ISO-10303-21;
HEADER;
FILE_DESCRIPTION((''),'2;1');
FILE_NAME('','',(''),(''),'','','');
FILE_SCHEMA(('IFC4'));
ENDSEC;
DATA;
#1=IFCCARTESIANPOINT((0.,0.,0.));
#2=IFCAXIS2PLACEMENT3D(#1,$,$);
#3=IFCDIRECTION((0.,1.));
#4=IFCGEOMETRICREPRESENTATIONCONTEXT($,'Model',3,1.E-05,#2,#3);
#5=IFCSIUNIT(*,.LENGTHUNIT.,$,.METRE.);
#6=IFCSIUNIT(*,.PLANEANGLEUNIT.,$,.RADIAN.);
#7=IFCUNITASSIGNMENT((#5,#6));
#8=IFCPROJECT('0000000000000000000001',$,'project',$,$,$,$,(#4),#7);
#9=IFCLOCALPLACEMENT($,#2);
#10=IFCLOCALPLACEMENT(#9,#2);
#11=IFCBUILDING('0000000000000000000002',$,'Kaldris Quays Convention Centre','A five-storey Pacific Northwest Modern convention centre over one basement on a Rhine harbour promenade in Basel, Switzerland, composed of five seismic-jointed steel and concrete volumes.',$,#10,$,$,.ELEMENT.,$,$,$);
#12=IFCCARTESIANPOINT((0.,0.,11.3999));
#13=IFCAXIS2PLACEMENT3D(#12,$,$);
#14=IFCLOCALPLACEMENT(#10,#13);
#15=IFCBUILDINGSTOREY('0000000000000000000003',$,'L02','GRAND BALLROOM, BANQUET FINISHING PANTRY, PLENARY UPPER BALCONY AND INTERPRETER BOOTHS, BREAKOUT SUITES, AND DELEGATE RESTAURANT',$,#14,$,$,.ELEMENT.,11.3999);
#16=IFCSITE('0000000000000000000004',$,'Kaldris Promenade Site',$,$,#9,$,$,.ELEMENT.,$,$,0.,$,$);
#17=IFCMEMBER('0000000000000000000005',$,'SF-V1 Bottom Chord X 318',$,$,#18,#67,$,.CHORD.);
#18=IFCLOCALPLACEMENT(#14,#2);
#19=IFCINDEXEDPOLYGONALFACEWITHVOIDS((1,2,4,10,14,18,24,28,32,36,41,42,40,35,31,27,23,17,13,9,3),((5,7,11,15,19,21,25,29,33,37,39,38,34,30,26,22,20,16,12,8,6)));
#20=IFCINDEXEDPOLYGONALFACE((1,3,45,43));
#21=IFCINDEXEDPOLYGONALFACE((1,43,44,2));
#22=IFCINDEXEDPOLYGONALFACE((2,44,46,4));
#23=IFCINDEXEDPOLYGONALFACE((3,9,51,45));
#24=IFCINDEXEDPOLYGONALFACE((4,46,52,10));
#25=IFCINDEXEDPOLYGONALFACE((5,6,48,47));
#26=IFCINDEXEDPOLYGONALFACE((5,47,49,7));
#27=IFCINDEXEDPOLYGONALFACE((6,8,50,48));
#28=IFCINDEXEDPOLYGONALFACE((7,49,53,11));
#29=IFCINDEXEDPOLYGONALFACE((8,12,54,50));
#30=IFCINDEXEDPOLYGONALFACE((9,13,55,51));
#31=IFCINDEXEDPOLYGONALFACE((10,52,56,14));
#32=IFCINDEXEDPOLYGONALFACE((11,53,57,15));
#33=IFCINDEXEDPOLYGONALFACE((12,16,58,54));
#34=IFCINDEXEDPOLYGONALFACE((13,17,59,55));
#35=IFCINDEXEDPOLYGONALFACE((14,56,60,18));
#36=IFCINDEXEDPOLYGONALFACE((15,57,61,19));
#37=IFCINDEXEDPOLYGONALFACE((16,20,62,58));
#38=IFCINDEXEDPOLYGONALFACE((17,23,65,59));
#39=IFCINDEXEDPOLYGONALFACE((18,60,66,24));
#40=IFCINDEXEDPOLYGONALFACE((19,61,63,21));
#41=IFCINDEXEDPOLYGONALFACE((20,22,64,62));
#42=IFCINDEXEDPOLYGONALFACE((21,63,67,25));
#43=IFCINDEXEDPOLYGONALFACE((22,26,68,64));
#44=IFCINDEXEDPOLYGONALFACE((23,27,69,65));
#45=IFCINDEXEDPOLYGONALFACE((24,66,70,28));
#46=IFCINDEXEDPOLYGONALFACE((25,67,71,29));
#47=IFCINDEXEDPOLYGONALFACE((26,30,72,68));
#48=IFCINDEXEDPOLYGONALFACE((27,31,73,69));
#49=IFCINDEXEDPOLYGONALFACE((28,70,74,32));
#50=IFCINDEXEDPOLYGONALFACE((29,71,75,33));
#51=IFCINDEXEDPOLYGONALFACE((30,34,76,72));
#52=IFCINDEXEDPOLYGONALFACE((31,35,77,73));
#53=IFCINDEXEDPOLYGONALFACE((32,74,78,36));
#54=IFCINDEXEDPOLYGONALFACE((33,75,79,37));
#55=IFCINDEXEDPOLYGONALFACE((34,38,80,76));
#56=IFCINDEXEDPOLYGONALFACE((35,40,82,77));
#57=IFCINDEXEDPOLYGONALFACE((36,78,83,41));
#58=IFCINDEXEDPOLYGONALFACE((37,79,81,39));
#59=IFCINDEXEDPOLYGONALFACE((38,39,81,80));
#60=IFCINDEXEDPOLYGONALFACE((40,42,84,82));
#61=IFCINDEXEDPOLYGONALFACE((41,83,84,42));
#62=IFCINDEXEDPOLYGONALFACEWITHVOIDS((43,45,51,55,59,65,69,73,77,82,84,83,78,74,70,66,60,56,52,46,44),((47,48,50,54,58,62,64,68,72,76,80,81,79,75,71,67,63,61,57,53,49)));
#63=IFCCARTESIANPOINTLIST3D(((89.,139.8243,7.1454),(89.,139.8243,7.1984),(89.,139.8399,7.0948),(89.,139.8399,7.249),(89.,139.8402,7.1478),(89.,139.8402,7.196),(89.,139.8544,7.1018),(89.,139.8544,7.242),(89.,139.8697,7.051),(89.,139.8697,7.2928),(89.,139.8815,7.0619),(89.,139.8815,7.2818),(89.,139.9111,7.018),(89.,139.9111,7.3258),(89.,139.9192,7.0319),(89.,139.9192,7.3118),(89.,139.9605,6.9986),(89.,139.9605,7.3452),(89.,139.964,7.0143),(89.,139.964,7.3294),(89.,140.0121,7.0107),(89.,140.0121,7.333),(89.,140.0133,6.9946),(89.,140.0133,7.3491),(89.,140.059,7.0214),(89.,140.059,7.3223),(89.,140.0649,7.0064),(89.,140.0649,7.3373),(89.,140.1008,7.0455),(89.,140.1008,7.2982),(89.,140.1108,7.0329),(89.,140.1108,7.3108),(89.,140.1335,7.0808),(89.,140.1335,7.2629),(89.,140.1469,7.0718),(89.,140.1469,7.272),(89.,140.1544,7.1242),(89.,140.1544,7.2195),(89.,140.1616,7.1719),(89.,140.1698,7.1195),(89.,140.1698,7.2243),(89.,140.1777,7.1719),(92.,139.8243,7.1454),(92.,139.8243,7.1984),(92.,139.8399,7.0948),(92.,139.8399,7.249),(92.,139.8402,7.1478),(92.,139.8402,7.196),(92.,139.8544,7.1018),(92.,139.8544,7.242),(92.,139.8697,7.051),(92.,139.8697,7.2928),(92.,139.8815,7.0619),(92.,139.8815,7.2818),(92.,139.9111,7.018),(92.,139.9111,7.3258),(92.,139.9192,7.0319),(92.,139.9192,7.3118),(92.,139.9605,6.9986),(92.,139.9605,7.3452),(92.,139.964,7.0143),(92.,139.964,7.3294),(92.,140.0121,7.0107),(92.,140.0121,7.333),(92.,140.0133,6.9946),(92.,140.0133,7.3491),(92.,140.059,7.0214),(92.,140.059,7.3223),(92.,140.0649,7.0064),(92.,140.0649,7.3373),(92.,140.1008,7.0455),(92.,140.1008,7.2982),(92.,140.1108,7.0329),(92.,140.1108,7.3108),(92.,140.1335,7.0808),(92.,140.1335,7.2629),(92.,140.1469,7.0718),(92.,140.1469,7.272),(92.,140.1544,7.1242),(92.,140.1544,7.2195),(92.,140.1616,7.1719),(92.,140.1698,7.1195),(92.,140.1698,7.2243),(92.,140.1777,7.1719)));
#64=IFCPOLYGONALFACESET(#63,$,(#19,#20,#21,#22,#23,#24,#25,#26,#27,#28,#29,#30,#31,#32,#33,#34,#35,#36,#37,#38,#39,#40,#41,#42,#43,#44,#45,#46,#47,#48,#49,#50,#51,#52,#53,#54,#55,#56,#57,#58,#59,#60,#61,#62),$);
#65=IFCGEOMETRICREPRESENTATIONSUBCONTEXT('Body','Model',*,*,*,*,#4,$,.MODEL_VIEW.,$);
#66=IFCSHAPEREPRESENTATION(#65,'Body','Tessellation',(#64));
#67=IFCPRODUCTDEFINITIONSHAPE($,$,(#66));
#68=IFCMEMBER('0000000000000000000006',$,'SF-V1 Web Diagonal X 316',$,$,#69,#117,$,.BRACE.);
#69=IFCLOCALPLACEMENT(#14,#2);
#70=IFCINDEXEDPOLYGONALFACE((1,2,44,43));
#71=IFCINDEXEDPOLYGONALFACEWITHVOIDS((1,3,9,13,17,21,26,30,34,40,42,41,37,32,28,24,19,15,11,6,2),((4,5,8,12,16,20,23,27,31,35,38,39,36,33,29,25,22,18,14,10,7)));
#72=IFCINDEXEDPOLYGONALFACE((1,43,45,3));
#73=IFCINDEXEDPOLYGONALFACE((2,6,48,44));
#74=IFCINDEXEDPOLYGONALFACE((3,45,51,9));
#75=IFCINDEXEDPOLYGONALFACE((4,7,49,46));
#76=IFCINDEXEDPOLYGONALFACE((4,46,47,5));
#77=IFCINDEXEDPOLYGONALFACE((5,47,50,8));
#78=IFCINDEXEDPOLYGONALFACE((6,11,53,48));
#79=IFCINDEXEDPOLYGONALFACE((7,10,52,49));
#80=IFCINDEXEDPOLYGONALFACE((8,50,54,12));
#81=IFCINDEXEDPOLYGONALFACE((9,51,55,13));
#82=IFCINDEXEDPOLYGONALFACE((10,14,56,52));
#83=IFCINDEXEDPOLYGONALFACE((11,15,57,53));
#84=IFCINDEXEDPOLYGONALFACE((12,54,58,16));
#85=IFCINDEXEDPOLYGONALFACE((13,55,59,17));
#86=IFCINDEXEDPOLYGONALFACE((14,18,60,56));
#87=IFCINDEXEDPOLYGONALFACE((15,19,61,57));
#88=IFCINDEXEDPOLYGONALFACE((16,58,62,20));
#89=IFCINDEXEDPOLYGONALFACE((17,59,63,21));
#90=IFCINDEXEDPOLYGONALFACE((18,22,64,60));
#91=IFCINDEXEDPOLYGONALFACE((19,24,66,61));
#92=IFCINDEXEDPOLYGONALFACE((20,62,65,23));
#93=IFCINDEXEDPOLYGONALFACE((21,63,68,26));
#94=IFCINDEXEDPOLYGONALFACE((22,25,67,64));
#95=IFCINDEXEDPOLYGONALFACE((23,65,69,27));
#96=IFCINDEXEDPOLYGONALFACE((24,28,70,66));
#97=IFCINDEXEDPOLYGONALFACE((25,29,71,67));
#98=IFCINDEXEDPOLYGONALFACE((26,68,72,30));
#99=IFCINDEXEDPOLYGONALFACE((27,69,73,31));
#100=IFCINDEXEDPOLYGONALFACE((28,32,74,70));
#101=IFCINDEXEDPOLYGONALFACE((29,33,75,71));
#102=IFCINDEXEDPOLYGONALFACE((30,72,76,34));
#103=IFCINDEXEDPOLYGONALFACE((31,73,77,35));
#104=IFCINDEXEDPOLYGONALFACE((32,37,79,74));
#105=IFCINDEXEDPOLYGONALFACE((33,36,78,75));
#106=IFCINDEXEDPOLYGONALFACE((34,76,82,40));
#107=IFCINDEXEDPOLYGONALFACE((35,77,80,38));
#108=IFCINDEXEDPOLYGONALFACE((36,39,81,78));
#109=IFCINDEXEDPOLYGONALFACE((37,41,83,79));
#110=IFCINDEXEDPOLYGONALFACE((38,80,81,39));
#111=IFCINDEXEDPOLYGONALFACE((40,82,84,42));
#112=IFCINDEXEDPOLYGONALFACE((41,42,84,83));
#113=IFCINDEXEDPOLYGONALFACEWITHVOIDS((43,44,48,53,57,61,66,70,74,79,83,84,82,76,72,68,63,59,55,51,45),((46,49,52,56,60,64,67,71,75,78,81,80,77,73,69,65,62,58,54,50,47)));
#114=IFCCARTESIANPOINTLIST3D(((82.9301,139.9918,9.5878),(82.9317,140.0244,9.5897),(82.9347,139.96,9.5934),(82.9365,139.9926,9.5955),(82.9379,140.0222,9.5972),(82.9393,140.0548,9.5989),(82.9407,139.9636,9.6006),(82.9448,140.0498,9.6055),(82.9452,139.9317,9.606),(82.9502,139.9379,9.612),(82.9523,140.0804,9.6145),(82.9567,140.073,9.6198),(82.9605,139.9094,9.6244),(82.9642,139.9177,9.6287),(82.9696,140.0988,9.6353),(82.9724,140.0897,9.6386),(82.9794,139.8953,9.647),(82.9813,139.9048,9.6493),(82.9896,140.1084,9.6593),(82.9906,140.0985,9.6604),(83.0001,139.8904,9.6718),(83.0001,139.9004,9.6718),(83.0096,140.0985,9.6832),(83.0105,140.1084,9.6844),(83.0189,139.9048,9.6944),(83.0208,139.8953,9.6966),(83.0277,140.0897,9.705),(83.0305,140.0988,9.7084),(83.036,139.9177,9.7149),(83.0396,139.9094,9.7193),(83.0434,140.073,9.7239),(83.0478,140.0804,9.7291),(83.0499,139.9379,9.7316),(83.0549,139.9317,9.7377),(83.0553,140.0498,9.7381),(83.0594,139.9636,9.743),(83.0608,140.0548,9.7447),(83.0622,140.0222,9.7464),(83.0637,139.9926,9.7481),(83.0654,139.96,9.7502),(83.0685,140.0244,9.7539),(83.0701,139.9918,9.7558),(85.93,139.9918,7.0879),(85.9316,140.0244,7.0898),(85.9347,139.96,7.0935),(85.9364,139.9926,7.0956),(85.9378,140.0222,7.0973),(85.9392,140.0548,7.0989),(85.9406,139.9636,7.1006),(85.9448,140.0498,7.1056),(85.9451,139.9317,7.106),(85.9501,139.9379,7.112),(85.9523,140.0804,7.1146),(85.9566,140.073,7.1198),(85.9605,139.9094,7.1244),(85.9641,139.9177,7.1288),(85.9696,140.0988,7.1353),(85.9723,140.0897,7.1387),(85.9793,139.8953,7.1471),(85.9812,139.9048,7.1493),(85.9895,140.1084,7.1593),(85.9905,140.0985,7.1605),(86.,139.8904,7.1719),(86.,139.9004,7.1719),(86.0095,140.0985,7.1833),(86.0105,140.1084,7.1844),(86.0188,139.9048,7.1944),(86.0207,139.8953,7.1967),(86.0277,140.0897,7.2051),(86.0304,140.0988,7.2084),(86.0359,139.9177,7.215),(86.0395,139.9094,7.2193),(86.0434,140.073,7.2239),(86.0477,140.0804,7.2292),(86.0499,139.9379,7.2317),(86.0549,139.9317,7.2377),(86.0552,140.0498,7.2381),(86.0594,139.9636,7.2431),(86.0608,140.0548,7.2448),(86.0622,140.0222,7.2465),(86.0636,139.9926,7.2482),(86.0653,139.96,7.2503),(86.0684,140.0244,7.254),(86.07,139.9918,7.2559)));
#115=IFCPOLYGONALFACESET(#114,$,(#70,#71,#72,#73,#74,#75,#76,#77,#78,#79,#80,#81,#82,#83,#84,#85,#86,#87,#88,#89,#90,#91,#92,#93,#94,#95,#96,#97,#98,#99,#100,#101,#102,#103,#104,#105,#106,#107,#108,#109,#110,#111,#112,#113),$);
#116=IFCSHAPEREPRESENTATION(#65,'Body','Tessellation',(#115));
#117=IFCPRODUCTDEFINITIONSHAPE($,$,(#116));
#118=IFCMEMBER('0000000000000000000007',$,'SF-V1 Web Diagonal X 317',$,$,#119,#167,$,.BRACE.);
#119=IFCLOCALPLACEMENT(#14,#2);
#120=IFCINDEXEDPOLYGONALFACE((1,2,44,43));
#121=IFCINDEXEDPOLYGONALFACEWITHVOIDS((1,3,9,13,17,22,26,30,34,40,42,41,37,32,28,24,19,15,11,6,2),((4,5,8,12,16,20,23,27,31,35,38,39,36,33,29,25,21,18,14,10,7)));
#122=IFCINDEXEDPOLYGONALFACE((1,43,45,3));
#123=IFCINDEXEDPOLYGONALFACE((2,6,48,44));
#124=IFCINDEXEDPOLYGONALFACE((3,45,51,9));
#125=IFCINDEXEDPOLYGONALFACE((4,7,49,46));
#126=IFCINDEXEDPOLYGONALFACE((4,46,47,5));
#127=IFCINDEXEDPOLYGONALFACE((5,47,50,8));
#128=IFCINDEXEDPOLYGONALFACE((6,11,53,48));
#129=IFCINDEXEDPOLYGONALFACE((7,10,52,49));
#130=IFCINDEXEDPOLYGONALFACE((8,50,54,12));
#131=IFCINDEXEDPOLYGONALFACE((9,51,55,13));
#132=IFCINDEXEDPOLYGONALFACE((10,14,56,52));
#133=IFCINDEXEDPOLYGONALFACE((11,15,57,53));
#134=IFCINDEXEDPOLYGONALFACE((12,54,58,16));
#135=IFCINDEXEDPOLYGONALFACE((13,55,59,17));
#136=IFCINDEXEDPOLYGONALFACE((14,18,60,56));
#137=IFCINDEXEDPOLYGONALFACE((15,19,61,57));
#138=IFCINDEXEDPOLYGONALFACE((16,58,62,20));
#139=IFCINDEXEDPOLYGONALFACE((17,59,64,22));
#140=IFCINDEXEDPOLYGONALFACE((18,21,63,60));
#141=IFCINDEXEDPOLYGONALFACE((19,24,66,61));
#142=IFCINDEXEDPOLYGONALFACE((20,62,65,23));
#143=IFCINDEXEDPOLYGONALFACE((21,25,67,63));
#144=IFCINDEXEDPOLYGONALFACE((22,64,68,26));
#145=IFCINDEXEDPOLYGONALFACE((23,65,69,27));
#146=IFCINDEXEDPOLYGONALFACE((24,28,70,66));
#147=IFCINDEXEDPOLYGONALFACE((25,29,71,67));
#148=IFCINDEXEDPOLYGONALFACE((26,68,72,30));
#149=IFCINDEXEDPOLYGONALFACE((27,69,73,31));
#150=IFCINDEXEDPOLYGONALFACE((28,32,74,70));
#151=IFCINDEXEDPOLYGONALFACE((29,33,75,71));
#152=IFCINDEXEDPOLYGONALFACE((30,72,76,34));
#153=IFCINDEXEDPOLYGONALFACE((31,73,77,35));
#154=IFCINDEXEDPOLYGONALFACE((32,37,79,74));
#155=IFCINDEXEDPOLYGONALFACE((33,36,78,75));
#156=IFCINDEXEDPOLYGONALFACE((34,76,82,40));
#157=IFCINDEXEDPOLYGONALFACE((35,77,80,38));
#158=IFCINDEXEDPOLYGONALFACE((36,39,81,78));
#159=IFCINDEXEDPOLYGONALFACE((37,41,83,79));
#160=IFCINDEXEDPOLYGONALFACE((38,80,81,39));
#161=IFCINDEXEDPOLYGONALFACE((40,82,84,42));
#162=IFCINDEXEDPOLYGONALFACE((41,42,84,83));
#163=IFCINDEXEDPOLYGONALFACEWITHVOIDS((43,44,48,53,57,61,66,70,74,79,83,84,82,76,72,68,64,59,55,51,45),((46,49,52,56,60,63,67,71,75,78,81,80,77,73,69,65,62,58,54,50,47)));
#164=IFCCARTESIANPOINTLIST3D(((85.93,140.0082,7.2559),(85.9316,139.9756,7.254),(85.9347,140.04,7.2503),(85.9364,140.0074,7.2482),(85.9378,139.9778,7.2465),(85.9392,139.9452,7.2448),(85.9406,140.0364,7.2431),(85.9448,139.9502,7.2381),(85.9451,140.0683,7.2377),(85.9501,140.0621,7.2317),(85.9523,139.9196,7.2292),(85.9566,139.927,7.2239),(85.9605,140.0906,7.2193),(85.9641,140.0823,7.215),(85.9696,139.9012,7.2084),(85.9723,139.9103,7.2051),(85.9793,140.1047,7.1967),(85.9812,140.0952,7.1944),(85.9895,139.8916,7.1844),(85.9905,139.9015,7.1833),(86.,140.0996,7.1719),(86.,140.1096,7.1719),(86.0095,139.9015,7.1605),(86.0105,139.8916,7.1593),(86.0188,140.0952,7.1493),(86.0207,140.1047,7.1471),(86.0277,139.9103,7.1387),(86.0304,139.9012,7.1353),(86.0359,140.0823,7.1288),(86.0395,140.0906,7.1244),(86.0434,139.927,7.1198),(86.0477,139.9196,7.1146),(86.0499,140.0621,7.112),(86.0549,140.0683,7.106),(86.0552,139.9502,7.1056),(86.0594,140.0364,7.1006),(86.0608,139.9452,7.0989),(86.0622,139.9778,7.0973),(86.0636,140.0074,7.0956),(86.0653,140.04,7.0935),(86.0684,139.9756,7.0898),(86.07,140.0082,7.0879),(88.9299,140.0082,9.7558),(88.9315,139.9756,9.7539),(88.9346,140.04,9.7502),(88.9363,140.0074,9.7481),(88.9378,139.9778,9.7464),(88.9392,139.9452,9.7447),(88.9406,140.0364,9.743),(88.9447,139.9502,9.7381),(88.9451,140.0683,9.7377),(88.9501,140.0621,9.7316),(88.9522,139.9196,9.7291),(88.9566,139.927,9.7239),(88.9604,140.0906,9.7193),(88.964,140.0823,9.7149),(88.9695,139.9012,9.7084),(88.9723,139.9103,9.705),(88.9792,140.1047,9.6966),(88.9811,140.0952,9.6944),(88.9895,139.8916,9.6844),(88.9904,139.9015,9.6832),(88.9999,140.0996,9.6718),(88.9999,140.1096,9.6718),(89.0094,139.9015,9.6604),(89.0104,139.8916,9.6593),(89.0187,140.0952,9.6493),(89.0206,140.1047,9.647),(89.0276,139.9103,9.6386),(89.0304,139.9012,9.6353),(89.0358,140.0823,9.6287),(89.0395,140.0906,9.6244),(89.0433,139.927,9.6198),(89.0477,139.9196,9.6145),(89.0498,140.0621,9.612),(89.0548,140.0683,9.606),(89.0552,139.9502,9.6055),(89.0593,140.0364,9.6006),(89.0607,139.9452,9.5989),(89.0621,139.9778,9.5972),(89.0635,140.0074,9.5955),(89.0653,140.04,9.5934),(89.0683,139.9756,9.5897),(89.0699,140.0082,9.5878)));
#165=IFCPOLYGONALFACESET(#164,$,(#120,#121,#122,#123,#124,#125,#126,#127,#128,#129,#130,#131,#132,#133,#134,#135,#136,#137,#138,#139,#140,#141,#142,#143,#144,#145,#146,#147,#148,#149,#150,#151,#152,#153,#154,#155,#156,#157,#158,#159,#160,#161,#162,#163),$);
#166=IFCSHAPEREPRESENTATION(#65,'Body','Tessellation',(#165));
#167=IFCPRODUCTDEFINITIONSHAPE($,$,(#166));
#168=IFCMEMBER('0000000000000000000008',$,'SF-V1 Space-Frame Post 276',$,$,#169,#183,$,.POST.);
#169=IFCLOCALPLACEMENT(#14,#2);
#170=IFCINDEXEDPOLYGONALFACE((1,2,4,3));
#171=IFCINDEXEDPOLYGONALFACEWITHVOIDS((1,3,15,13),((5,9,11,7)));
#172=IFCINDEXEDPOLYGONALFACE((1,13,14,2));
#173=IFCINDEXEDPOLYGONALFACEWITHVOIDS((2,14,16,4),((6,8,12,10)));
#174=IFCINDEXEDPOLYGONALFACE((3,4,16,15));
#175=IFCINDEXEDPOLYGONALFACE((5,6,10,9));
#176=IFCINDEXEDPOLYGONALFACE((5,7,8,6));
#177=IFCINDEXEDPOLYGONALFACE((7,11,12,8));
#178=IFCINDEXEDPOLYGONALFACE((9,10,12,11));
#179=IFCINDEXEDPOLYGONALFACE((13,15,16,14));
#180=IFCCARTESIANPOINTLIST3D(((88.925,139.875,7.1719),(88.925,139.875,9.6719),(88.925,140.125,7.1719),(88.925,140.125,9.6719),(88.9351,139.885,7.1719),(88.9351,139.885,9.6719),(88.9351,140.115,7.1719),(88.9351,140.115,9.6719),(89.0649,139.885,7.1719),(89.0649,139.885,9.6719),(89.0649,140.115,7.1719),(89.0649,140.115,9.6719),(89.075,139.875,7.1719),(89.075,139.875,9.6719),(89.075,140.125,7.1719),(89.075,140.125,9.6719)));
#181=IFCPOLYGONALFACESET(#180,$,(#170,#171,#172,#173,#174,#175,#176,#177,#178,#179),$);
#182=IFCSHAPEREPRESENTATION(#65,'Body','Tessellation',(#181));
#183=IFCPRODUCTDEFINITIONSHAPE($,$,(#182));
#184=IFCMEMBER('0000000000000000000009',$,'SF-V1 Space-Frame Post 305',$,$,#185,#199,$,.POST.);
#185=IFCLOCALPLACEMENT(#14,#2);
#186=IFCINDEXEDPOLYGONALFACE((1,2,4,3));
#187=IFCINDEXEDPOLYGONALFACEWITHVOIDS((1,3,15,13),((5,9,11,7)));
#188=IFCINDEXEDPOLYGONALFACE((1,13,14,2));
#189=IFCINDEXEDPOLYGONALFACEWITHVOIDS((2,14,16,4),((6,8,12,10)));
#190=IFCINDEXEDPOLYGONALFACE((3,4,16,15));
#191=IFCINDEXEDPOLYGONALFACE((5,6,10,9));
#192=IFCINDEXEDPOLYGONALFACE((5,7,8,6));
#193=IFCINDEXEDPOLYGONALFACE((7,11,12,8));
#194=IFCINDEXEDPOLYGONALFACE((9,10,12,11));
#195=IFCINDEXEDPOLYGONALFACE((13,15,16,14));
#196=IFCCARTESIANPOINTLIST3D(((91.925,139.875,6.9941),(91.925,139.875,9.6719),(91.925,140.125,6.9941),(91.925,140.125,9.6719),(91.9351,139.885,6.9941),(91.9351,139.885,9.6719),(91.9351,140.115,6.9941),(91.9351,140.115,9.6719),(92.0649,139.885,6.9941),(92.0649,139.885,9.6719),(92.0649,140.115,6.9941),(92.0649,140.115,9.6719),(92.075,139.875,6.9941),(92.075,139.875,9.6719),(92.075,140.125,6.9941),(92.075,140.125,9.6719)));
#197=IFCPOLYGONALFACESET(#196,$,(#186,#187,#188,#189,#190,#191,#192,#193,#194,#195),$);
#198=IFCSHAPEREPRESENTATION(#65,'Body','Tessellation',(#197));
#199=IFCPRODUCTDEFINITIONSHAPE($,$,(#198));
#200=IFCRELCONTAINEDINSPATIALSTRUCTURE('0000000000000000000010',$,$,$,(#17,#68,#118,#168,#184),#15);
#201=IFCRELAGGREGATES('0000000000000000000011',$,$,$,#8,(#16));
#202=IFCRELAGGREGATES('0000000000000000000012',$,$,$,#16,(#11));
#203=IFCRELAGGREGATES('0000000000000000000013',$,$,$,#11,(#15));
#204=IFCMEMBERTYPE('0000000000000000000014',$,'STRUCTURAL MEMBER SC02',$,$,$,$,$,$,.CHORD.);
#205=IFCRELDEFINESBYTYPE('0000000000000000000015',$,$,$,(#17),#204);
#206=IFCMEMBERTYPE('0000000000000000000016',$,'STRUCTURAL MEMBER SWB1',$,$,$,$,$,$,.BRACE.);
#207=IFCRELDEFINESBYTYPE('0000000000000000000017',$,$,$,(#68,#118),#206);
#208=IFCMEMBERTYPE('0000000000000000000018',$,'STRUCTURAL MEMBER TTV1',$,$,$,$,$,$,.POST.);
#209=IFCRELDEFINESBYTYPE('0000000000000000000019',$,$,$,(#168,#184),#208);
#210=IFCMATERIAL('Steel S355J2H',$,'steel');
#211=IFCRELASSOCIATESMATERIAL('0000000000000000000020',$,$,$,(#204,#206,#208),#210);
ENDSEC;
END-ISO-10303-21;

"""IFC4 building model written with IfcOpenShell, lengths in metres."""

from ifc_helpers import new_model, si_unit, direction, frame, origin, origin_2d, place, context, subcontext, project, spatial, hollow_rectangle, hollow_circle, extrude, material, material_profile, profile_set, type_object, element, save


model = new_model("IFC4")

# Units and contexts
model_context = context("Model", 3, precision=1e-05, world=origin(), true_north=direction((0.0, 1.0)))
body_context = subcontext(model_context, "Body", "Model", "MODEL_VIEW")
ifc_project = project(units=[si_unit("LENGTHUNIT", "METRE"), si_unit("PLANEANGLEUNIT", "RADIAN")], contexts=[model_context])

# Site, building, storey
site_placement = place(None, origin())
site = spatial("IfcSite", under=ifc_project, at=site_placement, Name="Kaldris Promenade Site", CompositionType="ELEMENT", RefElevation=0.0)
building_placement = place(site_placement, origin())
building = spatial("IfcBuilding", under=site, at=building_placement, Name="Kaldris Quays Convention Centre", Description="A five-storey Pacific Northwest Modern convention centre over one basement on a Rhine harbour promenade in Basel, Switzerland, composed of five seismic-jointed steel and concrete volumes.", CompositionType="ELEMENT")
storey_placement = place(building_placement, frame((0.0, 0.0, 11.3999)))
storey = spatial("IfcBuildingStorey", under=building, at=storey_placement, Name="L02", Description="GRAND BALLROOM, BANQUET FINISHING PANTRY, PLENARY UPPER BALCONY AND INTERPRETER BOOTHS, BREAKOUT SUITES, AND DELEGATE RESTAURANT", CompositionType="ELEMENT", Elevation=11.3999)

# Members
ifc_material_1 = material(Name="Steel S355J2H", Category="steel")
ifc_material_profile_1 = material_profile(ifc_material_1, hollow_circle(Radius=0.1777, WallThickness=0.0161, at=origin_2d()), Name="CHS 355.6x16")
ifc_profile_set_1 = profile_set([ifc_material_profile_1], Name="Steel S355J2H")
member_type_1 = type_object("IfcMemberType", Name="STRUCTURAL MEMBER SC02", PredefinedType="CHORD", material=ifc_profile_set_1)
for number, where, z_axis, x_axis, name in (
    (1, (89.0, 140.0, 7.1719), (1.0, 0.0, 0.0), (0.0, 1.0, 0.0), "SF-V1 Bottom Chord X 318"),
):
    element("IfcMember", number, at=place(storey_placement, frame(where, z_axis=z_axis, x_axis=x_axis)), inside=storey, type_object=member_type_1, Name=name, PredefinedType="CHORD", context=body_context, shape_type="SweptSolid", body=[
        extrude(hollow_circle(Radius=0.1777, WallThickness=0.0161, at=origin_2d()), origin(), (0.0, 0.0, 1.0), 3.0),
    ])
ifc_material_profile_2 = material_profile(ifc_material_1, hollow_circle(Radius=0.1096, WallThickness=0.01, at=origin_2d()), Name="CHS 219.1x10")
ifc_profile_set_2 = profile_set([ifc_material_profile_2], Name="Steel S355J2H")
member_type_2 = type_object("IfcMemberType", Name="STRUCTURAL MEMBER SWB1", PredefinedType="BRACE", material=ifc_profile_set_2)
for number, where, z_axis, x_axis, name in (
    (2, (86.0, 140.0, 7.1719), (-0.768221, 0.0, 0.640184), (0.0, -1.0, 0.0), "SF-V1 Web Diagonal X 316"),
    (3, (86.0, 140.0, 7.1719), (0.768221, 0.0, 0.640184), (0.0, 1.0, 0.0), "SF-V1 Web Diagonal X 317"),
):
    element("IfcMember", number, at=place(storey_placement, frame(where, z_axis=z_axis, x_axis=x_axis)), inside=storey, type_object=member_type_2, Name=name, PredefinedType="BRACE", context=body_context, shape_type="SweptSolid", body=[
        extrude(hollow_circle(Radius=0.1096, WallThickness=0.01, at=origin_2d()), origin(), (0.0, 0.0, 1.0), 3.905),
    ])
ifc_material_profile_3 = material_profile(ifc_material_1, hollow_rectangle(XDim=0.1499, YDim=0.25, WallThickness=0.01, at=origin_2d()), Name="RHS 250x150x10")
ifc_profile_set_3 = profile_set([ifc_material_profile_3], Name="Steel S355J2H")
member_type_3 = type_object("IfcMemberType", Name="STRUCTURAL MEMBER TTV1", PredefinedType="POST", material=ifc_profile_set_3)
member_1_placement = place(storey_placement, frame((89.0, 140.0, 7.1719), z_axis=(0.0, 0.0, 1.0), x_axis=(1.0, 0.0, 0.0)))
element("IfcMember", 4, at=member_1_placement, inside=storey, type_object=member_type_3, Name="SF-V1 Space-Frame Post 276", PredefinedType="POST", context=body_context, shape_type="SweptSolid", body=[
    extrude(hollow_rectangle(XDim=0.1499, YDim=0.25, WallThickness=0.01, at=origin_2d()), origin(), (0.0, 0.0, 1.0), 2.5),
])
member_2_placement = place(storey_placement, frame((92.0, 140.0, 6.9941), z_axis=(0.0, 0.0, 1.0), x_axis=(1.0, 0.0, 0.0)))
element("IfcMember", 5, at=member_2_placement, inside=storey, type_object=member_type_3, Name="SF-V1 Space-Frame Post 305", PredefinedType="POST", context=body_context, shape_type="SweptSolid", body=[
    extrude(hollow_rectangle(XDim=0.1499, YDim=0.25, WallThickness=0.01, at=origin_2d()), origin(), (0.0, 0.0, 1.0), 2.6777),
])

save(model, "model.ifc")
